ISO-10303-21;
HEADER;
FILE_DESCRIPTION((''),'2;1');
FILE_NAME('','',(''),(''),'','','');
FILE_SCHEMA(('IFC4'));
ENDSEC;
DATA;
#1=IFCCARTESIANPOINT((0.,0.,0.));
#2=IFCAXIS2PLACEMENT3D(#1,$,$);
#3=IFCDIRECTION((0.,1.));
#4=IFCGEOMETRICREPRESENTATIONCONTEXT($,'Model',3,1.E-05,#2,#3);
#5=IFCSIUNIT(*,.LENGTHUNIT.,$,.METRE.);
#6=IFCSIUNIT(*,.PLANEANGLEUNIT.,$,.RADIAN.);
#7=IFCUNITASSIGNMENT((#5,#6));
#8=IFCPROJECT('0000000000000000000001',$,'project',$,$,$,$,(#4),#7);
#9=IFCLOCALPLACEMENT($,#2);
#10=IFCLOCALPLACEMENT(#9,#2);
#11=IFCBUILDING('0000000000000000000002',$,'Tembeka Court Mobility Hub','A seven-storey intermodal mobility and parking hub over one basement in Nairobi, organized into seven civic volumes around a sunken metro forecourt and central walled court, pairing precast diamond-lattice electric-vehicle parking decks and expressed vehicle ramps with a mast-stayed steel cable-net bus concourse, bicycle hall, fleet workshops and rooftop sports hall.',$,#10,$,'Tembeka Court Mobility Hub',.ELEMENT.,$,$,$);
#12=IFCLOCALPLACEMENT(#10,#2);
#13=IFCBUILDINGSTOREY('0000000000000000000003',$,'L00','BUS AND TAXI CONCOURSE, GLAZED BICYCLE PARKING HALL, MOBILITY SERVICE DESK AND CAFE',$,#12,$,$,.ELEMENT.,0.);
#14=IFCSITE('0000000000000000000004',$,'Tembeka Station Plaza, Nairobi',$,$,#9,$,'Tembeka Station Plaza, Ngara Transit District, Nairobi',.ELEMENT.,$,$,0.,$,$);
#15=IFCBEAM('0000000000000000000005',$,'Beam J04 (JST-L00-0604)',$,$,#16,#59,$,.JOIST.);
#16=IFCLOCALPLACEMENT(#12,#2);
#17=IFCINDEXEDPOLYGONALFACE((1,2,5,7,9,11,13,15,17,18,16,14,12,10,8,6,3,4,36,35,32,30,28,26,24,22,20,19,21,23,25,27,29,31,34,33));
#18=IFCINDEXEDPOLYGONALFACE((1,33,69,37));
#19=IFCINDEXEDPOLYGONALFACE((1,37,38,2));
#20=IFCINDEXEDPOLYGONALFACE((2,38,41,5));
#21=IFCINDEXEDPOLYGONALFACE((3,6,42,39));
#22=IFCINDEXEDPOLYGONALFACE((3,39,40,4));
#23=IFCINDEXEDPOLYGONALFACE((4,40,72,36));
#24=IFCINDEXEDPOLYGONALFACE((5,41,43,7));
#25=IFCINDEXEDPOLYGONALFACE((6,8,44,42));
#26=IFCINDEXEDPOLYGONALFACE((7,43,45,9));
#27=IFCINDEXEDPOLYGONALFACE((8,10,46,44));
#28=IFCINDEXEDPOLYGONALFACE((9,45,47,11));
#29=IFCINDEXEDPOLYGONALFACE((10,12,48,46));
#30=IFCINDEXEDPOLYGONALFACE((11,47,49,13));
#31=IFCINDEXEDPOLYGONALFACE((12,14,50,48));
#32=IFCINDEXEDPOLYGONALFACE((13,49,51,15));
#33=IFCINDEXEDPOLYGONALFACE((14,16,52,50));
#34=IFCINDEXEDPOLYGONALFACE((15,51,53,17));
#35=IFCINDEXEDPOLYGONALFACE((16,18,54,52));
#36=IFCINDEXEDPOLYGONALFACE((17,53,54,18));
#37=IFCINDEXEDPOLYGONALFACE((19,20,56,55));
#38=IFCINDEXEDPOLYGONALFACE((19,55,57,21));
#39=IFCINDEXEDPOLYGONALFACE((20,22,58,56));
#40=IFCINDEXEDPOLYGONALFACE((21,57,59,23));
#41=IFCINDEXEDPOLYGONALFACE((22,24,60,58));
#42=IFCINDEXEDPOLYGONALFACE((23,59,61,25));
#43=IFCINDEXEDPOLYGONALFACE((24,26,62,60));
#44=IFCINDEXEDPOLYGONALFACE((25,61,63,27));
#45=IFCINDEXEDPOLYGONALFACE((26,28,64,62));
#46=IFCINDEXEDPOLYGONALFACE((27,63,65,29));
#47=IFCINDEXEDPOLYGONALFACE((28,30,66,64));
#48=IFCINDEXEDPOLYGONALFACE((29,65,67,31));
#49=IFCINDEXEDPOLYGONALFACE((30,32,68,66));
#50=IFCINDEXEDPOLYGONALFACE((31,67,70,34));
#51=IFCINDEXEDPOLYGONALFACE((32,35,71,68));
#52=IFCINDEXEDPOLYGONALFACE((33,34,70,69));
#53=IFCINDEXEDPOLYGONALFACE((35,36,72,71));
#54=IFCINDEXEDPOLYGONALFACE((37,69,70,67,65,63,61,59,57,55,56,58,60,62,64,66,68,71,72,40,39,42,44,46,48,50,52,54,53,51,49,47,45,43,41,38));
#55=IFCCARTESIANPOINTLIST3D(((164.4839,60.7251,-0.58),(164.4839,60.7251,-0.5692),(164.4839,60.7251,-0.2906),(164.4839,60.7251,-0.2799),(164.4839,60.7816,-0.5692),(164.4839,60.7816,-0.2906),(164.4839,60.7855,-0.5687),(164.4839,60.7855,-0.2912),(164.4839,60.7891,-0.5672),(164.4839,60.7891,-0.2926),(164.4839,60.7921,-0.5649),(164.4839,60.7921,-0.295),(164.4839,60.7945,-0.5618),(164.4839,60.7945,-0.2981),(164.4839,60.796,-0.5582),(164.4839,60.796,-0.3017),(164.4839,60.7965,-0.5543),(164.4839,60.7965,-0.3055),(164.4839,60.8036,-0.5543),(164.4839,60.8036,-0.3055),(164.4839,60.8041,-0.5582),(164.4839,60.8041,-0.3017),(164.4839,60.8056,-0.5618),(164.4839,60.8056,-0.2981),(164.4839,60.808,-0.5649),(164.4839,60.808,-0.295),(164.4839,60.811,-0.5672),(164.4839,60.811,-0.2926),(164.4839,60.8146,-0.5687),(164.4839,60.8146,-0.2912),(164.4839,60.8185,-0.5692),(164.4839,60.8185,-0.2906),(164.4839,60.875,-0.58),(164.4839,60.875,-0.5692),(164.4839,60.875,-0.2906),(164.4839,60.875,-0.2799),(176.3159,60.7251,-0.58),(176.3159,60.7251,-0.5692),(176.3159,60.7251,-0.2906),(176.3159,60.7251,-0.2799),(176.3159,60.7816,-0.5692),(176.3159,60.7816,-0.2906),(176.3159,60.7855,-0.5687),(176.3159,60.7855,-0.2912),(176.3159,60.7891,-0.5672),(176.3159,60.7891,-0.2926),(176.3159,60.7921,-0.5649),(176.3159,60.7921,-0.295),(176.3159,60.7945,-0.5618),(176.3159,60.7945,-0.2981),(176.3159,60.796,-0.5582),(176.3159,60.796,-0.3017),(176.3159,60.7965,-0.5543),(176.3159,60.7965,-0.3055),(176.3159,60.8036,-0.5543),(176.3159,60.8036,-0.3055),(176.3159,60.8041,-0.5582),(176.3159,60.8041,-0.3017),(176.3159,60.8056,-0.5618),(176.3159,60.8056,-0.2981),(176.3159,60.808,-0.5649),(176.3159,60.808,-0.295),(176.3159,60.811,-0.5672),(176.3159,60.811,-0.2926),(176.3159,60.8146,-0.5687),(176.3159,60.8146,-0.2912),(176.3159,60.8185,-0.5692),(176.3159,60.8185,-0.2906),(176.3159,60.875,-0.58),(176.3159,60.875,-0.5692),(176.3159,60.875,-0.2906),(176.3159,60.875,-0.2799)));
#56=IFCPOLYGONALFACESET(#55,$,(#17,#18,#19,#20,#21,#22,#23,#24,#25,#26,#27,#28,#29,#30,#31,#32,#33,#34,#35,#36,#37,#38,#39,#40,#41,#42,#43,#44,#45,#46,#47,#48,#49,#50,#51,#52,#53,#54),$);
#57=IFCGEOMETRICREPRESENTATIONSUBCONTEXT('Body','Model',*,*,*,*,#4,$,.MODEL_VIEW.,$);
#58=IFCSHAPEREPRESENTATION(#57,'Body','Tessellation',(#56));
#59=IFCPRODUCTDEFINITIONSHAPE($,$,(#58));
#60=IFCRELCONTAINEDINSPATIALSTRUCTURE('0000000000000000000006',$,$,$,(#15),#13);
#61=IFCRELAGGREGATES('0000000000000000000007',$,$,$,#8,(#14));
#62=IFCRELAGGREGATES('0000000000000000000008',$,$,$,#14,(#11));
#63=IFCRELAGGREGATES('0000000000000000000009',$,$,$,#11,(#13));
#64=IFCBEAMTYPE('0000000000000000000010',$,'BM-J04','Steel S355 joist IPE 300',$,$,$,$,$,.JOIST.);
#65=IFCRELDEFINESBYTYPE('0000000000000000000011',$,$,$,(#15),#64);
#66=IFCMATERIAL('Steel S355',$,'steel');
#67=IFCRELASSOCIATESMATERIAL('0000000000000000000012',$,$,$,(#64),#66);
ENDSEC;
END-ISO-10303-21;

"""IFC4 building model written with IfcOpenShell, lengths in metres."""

from ifc_helpers import new_model, si_unit, direction, frame, origin, origin_2d, place, context, subcontext, project, spatial, i_section, extrude, material, material_profile, profile_set, type_object, element, save


model = new_model("IFC4")

# Units and contexts
model_context = context("Model", 3, precision=1e-05, world=origin(), true_north=direction((0.0, 1.0)))
body_context = subcontext(model_context, "Body", "Model", "MODEL_VIEW")
ifc_project = project(units=[si_unit("LENGTHUNIT", "METRE"), si_unit("PLANEANGLEUNIT", "RADIAN")], contexts=[model_context])

# Site, building, storey
site_placement = place(None, origin())
site = spatial("IfcSite", under=ifc_project, at=site_placement, Name="Tembeka Station Plaza, Nairobi", LongName="Tembeka Station Plaza, Ngara Transit District, Nairobi", CompositionType="ELEMENT", RefElevation=0.0)
building_placement = place(site_placement, origin())
building = spatial("IfcBuilding", under=site, at=building_placement, Name="Tembeka Court Mobility Hub", Description="A seven-storey intermodal mobility and parking hub over one basement in Nairobi, organized into seven civic volumes around a sunken metro forecourt and central walled court, pairing precast diamond-lattice electric-vehicle parking decks and expressed vehicle ramps with a mast-stayed steel cable-net bus concourse, bicycle hall, fleet workshops and rooftop sports hall.", LongName="Tembeka Court Mobility Hub", CompositionType="ELEMENT")
storey_placement = place(building_placement, origin())
storey = spatial("IfcBuildingStorey", under=building, at=storey_placement, Name="L00", Description="BUS AND TAXI CONCOURSE, GLAZED BICYCLE PARKING HALL, MOBILITY SERVICE DESK AND CAFE", CompositionType="ELEMENT", Elevation=0.0)

# Shared definitions
ifc_material = material(Name="Steel S355", Category="steel")

# Beam
ifc_material_profile_1 = material_profile(ifc_material, i_section(OverallWidth=0.1499, OverallDepth=0.3, WebThickness=0.0071, FlangeThickness=0.0107, FilletRadius=0.0149, at=origin_2d()), Name="IPE 300")
ifc_profile_set_1 = profile_set([ifc_material_profile_1], Name="Steel S355")
beam_type_1 = type_object("IfcBeamType", Name="BM-J04", Description="Steel S355 joist IPE 300", PredefinedType="JOIST", material=ifc_profile_set_1)
for number, where, z_axis, x_axis, name in (
    (1, (164.4839, 60.8, -0.4299), (1.0, 0.0, 0.0), (0.0, 1.0, 0.0), "Beam J04 (JST-L00-0604)"),
):
    element("IfcBeam", number, at=place(storey_placement, frame(where, z_axis=z_axis, x_axis=x_axis)), inside=storey, type_object=beam_type_1, Name=name, PredefinedType="JOIST", context=body_context, shape_type="SweptSolid", body=[
        extrude(i_section(OverallWidth=0.1499, OverallDepth=0.3, WebThickness=0.0071, FlangeThickness=0.0107, FilletRadius=0.0149, at=origin_2d()), origin(), (0.0, 0.0, 1.0), 11.832),
    ])

save(model, "model.ifc")
